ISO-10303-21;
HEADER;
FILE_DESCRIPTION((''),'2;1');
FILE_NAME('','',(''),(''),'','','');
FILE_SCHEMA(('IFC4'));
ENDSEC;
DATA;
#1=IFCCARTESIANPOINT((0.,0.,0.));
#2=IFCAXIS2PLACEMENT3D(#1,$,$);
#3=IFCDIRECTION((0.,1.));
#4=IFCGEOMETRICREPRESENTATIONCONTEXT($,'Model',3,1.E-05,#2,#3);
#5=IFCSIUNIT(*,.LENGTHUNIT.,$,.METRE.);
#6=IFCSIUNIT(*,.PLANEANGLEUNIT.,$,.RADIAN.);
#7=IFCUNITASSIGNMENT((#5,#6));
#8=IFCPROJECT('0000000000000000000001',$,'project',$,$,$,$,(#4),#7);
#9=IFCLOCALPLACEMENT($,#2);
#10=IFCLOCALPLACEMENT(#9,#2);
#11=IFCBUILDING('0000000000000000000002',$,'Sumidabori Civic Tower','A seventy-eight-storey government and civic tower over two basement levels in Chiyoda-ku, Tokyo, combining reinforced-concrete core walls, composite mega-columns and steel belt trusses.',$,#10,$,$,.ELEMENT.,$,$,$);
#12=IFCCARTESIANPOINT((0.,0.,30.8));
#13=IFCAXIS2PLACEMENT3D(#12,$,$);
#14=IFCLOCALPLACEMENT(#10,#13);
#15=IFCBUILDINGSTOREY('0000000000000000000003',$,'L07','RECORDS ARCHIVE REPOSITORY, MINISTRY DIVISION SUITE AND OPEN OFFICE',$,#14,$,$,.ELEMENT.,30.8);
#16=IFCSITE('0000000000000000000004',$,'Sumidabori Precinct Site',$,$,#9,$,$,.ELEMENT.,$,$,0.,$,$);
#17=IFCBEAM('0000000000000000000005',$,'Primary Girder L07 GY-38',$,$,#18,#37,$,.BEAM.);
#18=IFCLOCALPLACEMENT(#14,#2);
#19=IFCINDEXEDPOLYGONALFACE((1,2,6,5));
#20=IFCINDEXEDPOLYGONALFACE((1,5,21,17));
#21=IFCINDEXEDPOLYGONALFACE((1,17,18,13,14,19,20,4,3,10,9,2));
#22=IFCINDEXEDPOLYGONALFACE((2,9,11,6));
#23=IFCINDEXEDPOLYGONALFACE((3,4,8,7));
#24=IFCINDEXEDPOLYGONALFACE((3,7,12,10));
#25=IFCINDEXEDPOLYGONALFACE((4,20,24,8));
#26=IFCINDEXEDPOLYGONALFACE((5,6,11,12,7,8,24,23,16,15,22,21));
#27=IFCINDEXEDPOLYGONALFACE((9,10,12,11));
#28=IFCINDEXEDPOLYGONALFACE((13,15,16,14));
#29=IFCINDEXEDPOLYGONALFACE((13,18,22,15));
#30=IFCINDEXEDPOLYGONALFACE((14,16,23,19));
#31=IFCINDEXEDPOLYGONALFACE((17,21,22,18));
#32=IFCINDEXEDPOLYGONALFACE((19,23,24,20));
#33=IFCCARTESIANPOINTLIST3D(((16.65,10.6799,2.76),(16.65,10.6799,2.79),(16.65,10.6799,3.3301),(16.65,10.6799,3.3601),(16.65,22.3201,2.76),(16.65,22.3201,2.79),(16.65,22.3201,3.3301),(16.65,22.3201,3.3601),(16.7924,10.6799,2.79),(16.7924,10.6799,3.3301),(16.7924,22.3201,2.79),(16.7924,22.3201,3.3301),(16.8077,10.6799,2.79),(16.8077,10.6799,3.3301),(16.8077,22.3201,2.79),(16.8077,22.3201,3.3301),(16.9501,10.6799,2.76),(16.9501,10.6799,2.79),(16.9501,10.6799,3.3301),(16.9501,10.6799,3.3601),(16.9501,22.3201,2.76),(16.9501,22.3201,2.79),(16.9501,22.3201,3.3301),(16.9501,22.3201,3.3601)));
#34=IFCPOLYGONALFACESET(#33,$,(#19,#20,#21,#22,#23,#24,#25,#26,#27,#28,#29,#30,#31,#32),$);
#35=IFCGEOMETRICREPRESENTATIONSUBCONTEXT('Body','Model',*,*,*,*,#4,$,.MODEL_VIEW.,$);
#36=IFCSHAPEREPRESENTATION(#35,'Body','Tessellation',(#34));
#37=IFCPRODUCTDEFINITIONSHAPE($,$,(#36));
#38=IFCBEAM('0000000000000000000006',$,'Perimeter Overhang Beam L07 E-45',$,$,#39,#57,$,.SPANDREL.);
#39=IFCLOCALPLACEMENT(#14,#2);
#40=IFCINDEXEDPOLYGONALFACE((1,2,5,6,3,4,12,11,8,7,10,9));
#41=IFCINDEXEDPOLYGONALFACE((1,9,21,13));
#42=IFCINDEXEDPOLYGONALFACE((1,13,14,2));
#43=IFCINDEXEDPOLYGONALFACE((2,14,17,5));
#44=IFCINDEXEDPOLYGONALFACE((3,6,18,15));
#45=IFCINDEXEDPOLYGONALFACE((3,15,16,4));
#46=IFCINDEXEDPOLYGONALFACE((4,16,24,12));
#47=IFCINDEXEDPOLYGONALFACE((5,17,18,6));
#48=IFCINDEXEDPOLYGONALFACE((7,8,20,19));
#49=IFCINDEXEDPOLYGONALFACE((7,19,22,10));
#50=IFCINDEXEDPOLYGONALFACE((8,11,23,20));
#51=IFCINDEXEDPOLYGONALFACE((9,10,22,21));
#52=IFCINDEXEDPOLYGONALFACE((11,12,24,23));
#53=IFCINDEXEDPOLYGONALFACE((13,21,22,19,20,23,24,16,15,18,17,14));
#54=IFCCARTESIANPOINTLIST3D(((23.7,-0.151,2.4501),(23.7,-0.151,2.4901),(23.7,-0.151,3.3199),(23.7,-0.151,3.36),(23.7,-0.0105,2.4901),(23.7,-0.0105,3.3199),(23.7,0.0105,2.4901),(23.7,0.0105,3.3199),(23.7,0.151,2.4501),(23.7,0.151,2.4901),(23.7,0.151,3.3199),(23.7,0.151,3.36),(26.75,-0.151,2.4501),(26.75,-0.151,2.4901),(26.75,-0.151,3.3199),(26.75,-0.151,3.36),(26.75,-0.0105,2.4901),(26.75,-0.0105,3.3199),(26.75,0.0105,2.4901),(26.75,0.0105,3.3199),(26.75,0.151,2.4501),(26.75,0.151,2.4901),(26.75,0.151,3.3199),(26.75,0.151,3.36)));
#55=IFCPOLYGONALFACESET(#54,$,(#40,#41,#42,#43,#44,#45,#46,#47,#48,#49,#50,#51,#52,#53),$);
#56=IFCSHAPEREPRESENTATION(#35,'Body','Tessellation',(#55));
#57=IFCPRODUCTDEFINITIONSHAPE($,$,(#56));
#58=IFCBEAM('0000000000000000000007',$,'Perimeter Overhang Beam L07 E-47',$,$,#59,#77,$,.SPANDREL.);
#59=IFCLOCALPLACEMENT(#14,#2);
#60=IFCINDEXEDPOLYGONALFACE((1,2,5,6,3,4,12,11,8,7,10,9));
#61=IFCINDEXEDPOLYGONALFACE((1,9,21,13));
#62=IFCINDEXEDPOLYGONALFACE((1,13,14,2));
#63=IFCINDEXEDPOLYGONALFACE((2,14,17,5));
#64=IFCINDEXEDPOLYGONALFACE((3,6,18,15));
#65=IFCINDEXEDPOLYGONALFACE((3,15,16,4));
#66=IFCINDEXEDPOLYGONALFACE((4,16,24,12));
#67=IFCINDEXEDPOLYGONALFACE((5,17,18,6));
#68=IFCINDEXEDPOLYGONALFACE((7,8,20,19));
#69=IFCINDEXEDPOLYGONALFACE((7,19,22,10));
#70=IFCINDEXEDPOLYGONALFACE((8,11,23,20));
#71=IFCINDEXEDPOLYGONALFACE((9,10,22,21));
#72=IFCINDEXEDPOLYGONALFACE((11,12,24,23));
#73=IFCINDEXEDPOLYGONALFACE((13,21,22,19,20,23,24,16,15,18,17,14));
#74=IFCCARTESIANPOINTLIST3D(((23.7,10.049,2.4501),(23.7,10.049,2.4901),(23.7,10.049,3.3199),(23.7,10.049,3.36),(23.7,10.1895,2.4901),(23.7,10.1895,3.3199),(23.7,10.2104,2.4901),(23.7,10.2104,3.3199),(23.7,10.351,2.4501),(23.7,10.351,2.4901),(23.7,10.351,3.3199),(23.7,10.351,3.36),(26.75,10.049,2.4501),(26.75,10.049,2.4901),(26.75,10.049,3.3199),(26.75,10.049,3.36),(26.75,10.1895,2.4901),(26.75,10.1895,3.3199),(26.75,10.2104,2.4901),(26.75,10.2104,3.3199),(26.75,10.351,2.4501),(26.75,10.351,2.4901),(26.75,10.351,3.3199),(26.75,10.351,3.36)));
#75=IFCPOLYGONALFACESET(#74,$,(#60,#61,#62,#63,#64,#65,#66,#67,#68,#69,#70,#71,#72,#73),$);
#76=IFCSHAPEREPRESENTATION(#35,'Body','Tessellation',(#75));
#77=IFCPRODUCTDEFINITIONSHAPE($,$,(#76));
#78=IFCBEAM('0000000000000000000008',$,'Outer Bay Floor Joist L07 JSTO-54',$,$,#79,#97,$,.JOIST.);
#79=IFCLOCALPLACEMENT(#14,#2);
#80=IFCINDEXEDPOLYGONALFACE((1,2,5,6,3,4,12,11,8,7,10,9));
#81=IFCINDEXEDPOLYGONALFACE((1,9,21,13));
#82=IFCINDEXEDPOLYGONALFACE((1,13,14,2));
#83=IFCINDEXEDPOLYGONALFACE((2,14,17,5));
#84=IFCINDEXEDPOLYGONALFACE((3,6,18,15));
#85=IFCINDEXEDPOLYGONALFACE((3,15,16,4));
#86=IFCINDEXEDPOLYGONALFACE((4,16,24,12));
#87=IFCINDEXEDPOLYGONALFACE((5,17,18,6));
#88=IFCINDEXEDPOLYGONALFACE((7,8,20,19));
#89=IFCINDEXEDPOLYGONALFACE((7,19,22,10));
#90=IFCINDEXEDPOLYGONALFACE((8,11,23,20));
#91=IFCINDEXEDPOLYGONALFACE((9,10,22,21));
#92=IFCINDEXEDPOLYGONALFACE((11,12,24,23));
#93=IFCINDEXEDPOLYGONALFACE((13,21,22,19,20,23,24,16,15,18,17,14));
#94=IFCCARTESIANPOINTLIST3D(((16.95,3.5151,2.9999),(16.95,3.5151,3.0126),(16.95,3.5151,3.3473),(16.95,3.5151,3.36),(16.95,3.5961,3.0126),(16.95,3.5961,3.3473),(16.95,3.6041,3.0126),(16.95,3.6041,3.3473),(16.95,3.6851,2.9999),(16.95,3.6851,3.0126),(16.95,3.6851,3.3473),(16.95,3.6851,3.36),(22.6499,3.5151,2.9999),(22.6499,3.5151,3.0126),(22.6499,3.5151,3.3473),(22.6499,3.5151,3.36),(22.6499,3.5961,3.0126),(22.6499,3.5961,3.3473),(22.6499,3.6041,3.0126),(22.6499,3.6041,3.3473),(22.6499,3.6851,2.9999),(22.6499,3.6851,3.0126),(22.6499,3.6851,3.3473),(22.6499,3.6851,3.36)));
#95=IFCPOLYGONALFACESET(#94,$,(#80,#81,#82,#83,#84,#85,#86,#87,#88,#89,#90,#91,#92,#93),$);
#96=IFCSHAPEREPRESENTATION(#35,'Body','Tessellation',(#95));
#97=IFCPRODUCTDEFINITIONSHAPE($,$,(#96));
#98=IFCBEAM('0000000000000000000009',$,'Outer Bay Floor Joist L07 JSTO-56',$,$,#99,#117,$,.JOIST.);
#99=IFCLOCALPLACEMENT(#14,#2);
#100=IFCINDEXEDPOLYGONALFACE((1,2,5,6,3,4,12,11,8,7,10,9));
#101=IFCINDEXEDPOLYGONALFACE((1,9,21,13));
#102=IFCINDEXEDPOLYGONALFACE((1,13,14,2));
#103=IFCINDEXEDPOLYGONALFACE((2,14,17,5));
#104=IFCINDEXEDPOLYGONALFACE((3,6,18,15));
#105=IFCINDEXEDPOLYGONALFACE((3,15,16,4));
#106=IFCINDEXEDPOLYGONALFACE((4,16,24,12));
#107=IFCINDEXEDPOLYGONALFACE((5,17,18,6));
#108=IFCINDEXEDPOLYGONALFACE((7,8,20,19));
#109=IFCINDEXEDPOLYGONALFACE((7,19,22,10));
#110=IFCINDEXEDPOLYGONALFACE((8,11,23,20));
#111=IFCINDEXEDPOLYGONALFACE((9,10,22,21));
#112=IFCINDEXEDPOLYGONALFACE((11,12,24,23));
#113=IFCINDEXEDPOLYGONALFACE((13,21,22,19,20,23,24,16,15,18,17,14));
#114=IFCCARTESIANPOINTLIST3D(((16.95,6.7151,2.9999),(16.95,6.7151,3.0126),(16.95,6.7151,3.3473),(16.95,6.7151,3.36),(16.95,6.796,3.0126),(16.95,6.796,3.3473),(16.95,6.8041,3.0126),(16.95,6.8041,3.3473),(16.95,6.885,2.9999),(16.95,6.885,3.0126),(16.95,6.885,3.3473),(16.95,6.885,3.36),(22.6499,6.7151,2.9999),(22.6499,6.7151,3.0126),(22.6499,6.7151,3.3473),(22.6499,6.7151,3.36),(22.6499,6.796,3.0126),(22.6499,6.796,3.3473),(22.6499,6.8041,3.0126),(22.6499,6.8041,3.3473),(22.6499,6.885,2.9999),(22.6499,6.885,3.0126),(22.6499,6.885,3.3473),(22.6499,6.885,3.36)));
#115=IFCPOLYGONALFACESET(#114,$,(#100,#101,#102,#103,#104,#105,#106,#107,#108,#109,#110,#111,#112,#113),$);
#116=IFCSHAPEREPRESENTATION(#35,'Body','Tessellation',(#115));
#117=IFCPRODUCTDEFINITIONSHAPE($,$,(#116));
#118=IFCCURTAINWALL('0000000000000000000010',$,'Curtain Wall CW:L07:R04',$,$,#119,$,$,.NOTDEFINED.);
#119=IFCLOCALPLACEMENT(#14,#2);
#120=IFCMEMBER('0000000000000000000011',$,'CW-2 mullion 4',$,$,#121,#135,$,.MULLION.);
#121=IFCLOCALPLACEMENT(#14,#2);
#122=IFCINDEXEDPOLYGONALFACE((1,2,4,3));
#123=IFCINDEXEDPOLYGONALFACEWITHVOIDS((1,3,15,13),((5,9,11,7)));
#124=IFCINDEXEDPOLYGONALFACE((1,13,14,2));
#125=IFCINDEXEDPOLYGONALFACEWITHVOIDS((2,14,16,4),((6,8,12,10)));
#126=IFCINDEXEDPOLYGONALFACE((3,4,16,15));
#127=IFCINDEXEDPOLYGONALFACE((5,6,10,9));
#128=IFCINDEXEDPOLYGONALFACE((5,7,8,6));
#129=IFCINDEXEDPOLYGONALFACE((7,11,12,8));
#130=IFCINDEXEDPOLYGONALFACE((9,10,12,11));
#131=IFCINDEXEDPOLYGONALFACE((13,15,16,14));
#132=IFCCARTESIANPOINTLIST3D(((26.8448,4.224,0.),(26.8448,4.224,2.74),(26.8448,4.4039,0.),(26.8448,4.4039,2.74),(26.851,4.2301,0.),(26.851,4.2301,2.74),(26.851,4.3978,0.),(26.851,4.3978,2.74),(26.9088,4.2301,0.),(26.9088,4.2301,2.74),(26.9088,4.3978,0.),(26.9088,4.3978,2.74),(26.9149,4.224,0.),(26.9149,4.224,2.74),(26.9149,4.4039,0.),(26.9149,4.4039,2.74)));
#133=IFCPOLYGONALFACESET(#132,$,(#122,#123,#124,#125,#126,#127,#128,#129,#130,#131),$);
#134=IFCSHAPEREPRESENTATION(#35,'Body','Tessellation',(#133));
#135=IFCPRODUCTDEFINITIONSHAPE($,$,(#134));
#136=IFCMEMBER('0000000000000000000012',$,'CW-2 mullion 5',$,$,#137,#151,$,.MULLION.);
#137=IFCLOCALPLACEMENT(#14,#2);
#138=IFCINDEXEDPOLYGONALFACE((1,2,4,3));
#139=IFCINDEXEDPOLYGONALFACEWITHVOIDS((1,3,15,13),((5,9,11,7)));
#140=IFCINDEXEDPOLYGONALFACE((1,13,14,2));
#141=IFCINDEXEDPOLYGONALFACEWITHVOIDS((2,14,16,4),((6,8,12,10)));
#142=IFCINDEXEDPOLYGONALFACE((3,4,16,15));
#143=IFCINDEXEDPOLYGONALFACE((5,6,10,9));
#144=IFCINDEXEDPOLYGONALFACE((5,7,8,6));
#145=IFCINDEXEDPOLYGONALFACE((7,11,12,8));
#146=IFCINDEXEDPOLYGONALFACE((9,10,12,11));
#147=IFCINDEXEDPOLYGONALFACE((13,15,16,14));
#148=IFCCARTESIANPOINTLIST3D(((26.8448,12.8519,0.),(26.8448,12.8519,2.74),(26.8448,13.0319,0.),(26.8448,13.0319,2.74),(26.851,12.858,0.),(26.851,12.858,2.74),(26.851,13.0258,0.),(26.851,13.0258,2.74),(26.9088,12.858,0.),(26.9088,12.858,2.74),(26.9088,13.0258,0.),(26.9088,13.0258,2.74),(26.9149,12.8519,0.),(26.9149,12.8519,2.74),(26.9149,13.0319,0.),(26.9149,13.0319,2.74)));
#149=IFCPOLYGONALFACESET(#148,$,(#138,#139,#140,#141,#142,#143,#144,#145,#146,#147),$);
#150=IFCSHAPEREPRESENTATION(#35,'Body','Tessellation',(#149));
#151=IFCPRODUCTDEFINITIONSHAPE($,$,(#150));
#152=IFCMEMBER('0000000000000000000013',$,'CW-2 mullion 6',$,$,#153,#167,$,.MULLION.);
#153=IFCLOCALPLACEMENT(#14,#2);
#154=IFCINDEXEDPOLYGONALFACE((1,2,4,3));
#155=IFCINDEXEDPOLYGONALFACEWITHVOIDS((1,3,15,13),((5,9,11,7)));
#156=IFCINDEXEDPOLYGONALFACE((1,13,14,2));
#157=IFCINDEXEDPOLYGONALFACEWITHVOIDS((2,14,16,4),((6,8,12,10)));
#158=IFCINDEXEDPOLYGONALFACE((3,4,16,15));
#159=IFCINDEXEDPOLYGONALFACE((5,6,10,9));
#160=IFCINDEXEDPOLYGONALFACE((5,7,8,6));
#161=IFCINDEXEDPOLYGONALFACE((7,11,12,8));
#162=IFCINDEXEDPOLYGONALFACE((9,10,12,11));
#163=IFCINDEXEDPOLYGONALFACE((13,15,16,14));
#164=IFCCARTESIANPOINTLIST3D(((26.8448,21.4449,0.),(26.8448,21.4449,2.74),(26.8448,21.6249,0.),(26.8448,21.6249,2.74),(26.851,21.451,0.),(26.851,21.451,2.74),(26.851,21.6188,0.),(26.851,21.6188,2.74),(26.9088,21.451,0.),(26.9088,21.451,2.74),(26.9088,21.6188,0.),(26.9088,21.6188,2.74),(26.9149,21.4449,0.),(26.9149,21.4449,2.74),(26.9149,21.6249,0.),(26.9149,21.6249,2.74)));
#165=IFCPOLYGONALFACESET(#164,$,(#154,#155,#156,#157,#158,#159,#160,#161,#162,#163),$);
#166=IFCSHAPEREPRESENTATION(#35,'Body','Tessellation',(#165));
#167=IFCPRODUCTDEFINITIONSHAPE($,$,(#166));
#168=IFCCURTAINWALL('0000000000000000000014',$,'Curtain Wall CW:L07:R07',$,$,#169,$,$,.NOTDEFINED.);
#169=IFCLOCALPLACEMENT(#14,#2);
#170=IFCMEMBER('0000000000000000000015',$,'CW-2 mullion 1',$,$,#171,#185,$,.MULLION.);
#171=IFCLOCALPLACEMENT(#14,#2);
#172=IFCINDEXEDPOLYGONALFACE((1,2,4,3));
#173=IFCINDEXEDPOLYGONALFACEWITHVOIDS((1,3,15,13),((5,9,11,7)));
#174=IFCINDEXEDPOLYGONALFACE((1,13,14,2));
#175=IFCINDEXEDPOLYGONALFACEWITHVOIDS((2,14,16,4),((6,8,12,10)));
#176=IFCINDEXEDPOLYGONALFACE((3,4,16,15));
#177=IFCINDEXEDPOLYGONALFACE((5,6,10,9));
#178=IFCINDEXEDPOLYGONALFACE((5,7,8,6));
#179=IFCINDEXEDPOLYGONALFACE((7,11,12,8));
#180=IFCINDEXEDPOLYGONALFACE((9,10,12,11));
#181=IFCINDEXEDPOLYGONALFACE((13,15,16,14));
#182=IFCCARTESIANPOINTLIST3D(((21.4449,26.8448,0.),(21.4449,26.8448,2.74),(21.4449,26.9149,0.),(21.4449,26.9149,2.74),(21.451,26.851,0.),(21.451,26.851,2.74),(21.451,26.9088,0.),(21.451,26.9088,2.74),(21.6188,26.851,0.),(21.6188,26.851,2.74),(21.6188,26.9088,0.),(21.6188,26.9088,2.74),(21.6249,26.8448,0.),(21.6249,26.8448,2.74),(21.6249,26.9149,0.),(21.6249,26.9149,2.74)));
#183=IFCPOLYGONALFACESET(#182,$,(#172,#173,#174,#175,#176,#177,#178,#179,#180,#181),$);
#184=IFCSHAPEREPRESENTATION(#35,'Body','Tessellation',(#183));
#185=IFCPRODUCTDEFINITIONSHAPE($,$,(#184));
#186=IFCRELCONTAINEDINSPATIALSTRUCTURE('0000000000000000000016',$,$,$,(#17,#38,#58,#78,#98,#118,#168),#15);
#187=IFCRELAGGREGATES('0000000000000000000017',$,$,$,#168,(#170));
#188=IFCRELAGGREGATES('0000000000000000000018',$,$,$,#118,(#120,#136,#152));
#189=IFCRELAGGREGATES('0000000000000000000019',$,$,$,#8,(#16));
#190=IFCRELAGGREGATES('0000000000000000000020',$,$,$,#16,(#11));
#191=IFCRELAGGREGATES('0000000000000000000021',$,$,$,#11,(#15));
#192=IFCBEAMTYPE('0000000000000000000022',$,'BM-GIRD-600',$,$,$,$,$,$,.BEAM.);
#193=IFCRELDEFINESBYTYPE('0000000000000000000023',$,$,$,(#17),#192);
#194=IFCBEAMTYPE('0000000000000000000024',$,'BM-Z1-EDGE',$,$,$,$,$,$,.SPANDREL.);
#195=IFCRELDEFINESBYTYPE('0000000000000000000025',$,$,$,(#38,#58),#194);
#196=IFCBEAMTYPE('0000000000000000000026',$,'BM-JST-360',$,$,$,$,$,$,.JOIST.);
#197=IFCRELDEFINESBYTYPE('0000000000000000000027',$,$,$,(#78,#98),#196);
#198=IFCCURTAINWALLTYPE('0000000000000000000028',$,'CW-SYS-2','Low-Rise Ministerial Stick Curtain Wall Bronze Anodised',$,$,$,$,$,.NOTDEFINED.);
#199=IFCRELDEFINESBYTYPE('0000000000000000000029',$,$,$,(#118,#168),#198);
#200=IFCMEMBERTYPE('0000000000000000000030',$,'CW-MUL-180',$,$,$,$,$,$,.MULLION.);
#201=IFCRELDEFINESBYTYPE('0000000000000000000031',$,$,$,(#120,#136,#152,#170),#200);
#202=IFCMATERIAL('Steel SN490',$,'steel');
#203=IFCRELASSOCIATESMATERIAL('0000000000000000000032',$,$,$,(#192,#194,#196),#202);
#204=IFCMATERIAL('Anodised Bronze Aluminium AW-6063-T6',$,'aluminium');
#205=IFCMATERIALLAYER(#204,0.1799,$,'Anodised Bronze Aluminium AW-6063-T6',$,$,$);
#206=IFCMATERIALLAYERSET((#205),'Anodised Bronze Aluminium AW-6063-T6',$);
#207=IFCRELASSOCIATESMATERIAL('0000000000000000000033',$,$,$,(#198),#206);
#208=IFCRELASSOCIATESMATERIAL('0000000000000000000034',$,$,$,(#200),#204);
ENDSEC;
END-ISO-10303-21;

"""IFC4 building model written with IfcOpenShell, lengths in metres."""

from ifc_helpers import new_model, si_unit, direction, frame, origin, origin_2d, place, context, subcontext, project, spatial, hollow_rectangle, i_section, extrude, source, transform, mapped, material, layer, layer_set, material_profile, profile_set, type_object, element, aggregate, save


model = new_model("IFC4")

# Units and contexts
model_context = context("Model", 3, precision=1e-05, world=origin(), true_north=direction((0.0, 1.0)))
body_context = subcontext(model_context, "Body", "Model", "MODEL_VIEW")
ifc_project = project(units=[si_unit("LENGTHUNIT", "METRE"), si_unit("PLANEANGLEUNIT", "RADIAN")], contexts=[model_context])

# Site, building, storey
site_placement = place(None, origin())
site = spatial("IfcSite", under=ifc_project, at=site_placement, Name="Sumidabori Precinct Site", CompositionType="ELEMENT", RefElevation=0.0)
building_placement = place(site_placement, origin())
building = spatial("IfcBuilding", under=site, at=building_placement, Name="Sumidabori Civic Tower", Description="A seventy-eight-storey government and civic tower over two basement levels in Chiyoda-ku, Tokyo, combining reinforced-concrete core walls, composite mega-columns and steel belt trusses.", CompositionType="ELEMENT")
storey_placement = place(building_placement, frame((0.0, 0.0, 30.8)))
storey = spatial("IfcBuildingStorey", under=building, at=storey_placement, Name="L07", Description="RECORDS ARCHIVE REPOSITORY, MINISTRY DIVISION SUITE AND OPEN OFFICE", CompositionType="ELEMENT", Elevation=30.8)

# Beams
ifc_material_1 = material(Name="Steel SN490", Category="steel")
ifc_material_profile_1 = material_profile(ifc_material_1, i_section(OverallWidth=0.3, OverallDepth=0.6001, WebThickness=0.0154, FlangeThickness=0.03, at=origin_2d()), Name="HE 600 B")
ifc_profile_set_1 = profile_set([ifc_material_profile_1], Name="Steel SN490")
beam_type_1 = type_object("IfcBeamType", Name="BM-GIRD-600", PredefinedType="BEAM", material=ifc_profile_set_1)
shared_shape_1 = source(origin(), body_context, "Body", "SweptSolid", [
    extrude(i_section(OverallWidth=0.3, OverallDepth=0.6001, WebThickness=0.0154, FlangeThickness=0.03, at=origin_2d()), origin(), (0.0, 0.0, 1.0), 11.6401),
])
beam_1_placement = place(storey_placement, frame((16.8, 10.6799, 3.0601), z_axis=(0.0, 1.0, 0.0), x_axis=(-1.0, 0.0, 0.0)))
element("IfcBeam", 1, at=beam_1_placement, inside=storey, type_object=beam_type_1, Name="Primary Girder L07 GY-38", PredefinedType="BEAM", context=body_context, shape_type="MappedRepresentation", body=[
    mapped(shared_shape_1, transform((0.0, 0.0, 0.0), x_axis=(1.0, 0.0, 0.0), y_axis=(0.0, 1.0, 0.0), z_axis=(0.0, 0.0, 1.0), scale=1.0)),
])
ifc_material_profile_2 = material_profile(ifc_material_1, i_section(OverallWidth=0.302, OverallDepth=0.9099, WebThickness=0.021, FlangeThickness=0.04, at=origin_2d()), Name="HE 900 M")
ifc_profile_set_2 = profile_set([ifc_material_profile_2], Name="Steel SN490")
beam_type_2 = type_object("IfcBeamType", Name="BM-Z1-EDGE", PredefinedType="SPANDREL", material=ifc_profile_set_2)
shared_shape_2 = source(origin(), body_context, "Body", "SweptSolid", [
    extrude(i_section(OverallWidth=0.302, OverallDepth=0.9099, WebThickness=0.021, FlangeThickness=0.04, at=origin_2d()), origin(), (0.0, 0.0, 1.0), 3.05),
])
for number, where, z_axis, x_axis, name in (
    (2, (23.7, 0.0, 2.905), (1.0, 0.0, 0.0), (0.0, 1.0, 0.0), "Perimeter Overhang Beam L07 E-45"),
    (3, (23.7, 10.2, 2.905), (1.0, 0.0, 0.0), (0.0, 1.0, 0.0), "Perimeter Overhang Beam L07 E-47"),
):
    element("IfcBeam", number, at=place(storey_placement, frame(where, z_axis=z_axis, x_axis=x_axis)), inside=storey, type_object=beam_type_2, Name=name, PredefinedType="SPANDREL", context=body_context, shape_type="MappedRepresentation", body=[
        mapped(shared_shape_2, transform((0.0, 0.0, 0.0), x_axis=(1.0, 0.0, 0.0), y_axis=(0.0, 1.0, 0.0), z_axis=(0.0, 0.0, 1.0), scale=1.0)),
    ])
ifc_material_profile_3 = material_profile(ifc_material_1, i_section(OverallWidth=0.1699, OverallDepth=0.3601, WebThickness=0.0081, FlangeThickness=0.0127, at=origin_2d()), Name="IPE 360")
ifc_profile_set_3 = profile_set([ifc_material_profile_3], Name="Steel SN490")
beam_type_3 = type_object("IfcBeamType", Name="BM-JST-360", PredefinedType="JOIST", material=ifc_profile_set_3)
shared_shape_3 = source(origin(), body_context, "Body", "SweptSolid", [
    extrude(i_section(OverallWidth=0.1699, OverallDepth=0.3601, WebThickness=0.0081, FlangeThickness=0.0127, at=origin_2d()), origin(), (0.0, 0.0, 1.0), 5.7),
])
for number, where, z_axis, x_axis, name in (
    (4, (16.95, 3.6001, 3.1799), (1.0, 0.0, 0.0), (0.0, 1.0, 0.0), "Outer Bay Floor Joist L07 JSTO-54"),
    (5, (16.95, 6.8, 3.1799), (1.0, 0.0, 0.0), (0.0, 1.0, 0.0), "Outer Bay Floor Joist L07 JSTO-56"),
):
    element("IfcBeam", number, at=place(storey_placement, frame(where, z_axis=z_axis, x_axis=x_axis)), inside=storey, type_object=beam_type_3, Name=name, PredefinedType="JOIST", context=body_context, shape_type="MappedRepresentation", body=[
        mapped(shared_shape_3, transform((0.0, 0.0, 0.0), x_axis=(1.0, 0.0, 0.0), y_axis=(0.0, 1.0, 0.0), z_axis=(0.0, 0.0, 1.0), scale=1.0)),
    ])

# Curtain wall, members
ifc_material_2 = material(Name="Anodised Bronze Aluminium AW-6063-T6", Category="aluminium")
ifc_layer_1 = layer(ifc_material_2, 0.1799, Name="Anodised Bronze Aluminium AW-6063-T6")
ifc_layer_set_1 = layer_set([ifc_layer_1], Name="Anodised Bronze Aluminium AW-6063-T6")
curtain_wall_type = type_object("IfcCurtainWallType", Name="CW-SYS-2", Description="Low-Rise Ministerial Stick Curtain Wall Bronze Anodised", PredefinedType="NOTDEFINED", material=ifc_layer_set_1)
curtain_wall_1_placement = place(storey_placement, origin())
curtain_wall_1 = element("IfcCurtainWall", 6, at=curtain_wall_1_placement, inside=storey, type_object=curtain_wall_type, Name="Curtain Wall CW:L07:R04", PredefinedType="NOTDEFINED")
ifc_material_profile_4 = material_profile(ifc_material_2, hollow_rectangle(XDim=0.0701, YDim=0.1799, WallThickness=0.0061, at=origin_2d()), Name="ALU MULLION 180x70")
ifc_profile_set_4 = profile_set([ifc_material_profile_4], Name="Anodised Bronze Aluminium AW-6063-T6")
member_type_1 = type_object("IfcMemberType", Name="CW-MUL-180", PredefinedType="MULLION", material=ifc_profile_set_4)
shared_shape_4 = source(origin(), body_context, "Body", "SweptSolid", [
    extrude(hollow_rectangle(XDim=0.0701, YDim=0.1799, WallThickness=0.0061, at=origin_2d()), origin(), (0.0, 0.0, 1.0), 2.74),
])
member_1_placement = place(storey_placement, frame((26.8799, 4.314, 0.0), z_axis=(0.0, 0.0, 1.0), x_axis=(-1.0, 0.0, 0.0)))
member_1 = element("IfcMember", 7, at=member_1_placement, type_object=member_type_1, Name="CW-2 mullion 4", PredefinedType="MULLION", context=body_context, shape_type="MappedRepresentation", body=[
    mapped(shared_shape_4, transform((0.0, 0.0, 0.0), x_axis=(1.0, 0.0, 0.0), y_axis=(0.0, 1.0, 0.0), z_axis=(0.0, 0.0, 1.0), scale=1.0)),
])
member_2_placement = place(storey_placement, frame((26.8799, 12.9419, 0.0), z_axis=(0.0, 0.0, 1.0), x_axis=(-1.0, 0.0, 0.0)))
member_2 = element("IfcMember", 8, at=member_2_placement, type_object=member_type_1, Name="CW-2 mullion 5", PredefinedType="MULLION", context=body_context, shape_type="MappedRepresentation", body=[
    mapped(shared_shape_4, transform((0.0, 0.0, 0.0), x_axis=(1.0, 0.0, 0.0), y_axis=(0.0, 1.0, 0.0), z_axis=(0.0, 0.0, 1.0), scale=1.0)),
])
member_3_placement = place(storey_placement, frame((26.8799, 21.5349, 0.0), z_axis=(0.0, 0.0, 1.0), x_axis=(-1.0, 0.0, 0.0)))
member_3 = element("IfcMember", 9, at=member_3_placement, type_object=member_type_1, Name="CW-2 mullion 6", PredefinedType="MULLION", context=body_context, shape_type="MappedRepresentation", body=[
    mapped(shared_shape_4, transform((0.0, 0.0, 0.0), x_axis=(1.0, 0.0, 0.0), y_axis=(0.0, 1.0, 0.0), z_axis=(0.0, 0.0, 1.0), scale=1.0)),
])

# Curtain wall, member
curtain_wall_2_placement = place(storey_placement, origin())
curtain_wall_2 = element("IfcCurtainWall", 10, at=curtain_wall_2_placement, inside=storey, type_object=curtain_wall_type, Name="Curtain Wall CW:L07:R07", PredefinedType="NOTDEFINED")
member_4_placement = place(storey_placement, frame((21.5349, 26.8799, 0.0), z_axis=(0.0, 0.0, 1.0), x_axis=(0.0, -1.0, 0.0)))
member_4 = element("IfcMember", 11, at=member_4_placement, type_object=member_type_1, Name="CW-2 mullion 1", PredefinedType="MULLION", context=body_context, shape_type="MappedRepresentation", body=[
    mapped(shared_shape_4, transform((0.0, 0.0, 0.0), x_axis=(1.0, 0.0, 0.0), y_axis=(0.0, 1.0, 0.0), z_axis=(0.0, 0.0, 1.0), scale=1.0)),
])

aggregate(curtain_wall_2, [member_4])
aggregate(curtain_wall_1, [member_1, member_2, member_3])

save(model, "model.ifc")
